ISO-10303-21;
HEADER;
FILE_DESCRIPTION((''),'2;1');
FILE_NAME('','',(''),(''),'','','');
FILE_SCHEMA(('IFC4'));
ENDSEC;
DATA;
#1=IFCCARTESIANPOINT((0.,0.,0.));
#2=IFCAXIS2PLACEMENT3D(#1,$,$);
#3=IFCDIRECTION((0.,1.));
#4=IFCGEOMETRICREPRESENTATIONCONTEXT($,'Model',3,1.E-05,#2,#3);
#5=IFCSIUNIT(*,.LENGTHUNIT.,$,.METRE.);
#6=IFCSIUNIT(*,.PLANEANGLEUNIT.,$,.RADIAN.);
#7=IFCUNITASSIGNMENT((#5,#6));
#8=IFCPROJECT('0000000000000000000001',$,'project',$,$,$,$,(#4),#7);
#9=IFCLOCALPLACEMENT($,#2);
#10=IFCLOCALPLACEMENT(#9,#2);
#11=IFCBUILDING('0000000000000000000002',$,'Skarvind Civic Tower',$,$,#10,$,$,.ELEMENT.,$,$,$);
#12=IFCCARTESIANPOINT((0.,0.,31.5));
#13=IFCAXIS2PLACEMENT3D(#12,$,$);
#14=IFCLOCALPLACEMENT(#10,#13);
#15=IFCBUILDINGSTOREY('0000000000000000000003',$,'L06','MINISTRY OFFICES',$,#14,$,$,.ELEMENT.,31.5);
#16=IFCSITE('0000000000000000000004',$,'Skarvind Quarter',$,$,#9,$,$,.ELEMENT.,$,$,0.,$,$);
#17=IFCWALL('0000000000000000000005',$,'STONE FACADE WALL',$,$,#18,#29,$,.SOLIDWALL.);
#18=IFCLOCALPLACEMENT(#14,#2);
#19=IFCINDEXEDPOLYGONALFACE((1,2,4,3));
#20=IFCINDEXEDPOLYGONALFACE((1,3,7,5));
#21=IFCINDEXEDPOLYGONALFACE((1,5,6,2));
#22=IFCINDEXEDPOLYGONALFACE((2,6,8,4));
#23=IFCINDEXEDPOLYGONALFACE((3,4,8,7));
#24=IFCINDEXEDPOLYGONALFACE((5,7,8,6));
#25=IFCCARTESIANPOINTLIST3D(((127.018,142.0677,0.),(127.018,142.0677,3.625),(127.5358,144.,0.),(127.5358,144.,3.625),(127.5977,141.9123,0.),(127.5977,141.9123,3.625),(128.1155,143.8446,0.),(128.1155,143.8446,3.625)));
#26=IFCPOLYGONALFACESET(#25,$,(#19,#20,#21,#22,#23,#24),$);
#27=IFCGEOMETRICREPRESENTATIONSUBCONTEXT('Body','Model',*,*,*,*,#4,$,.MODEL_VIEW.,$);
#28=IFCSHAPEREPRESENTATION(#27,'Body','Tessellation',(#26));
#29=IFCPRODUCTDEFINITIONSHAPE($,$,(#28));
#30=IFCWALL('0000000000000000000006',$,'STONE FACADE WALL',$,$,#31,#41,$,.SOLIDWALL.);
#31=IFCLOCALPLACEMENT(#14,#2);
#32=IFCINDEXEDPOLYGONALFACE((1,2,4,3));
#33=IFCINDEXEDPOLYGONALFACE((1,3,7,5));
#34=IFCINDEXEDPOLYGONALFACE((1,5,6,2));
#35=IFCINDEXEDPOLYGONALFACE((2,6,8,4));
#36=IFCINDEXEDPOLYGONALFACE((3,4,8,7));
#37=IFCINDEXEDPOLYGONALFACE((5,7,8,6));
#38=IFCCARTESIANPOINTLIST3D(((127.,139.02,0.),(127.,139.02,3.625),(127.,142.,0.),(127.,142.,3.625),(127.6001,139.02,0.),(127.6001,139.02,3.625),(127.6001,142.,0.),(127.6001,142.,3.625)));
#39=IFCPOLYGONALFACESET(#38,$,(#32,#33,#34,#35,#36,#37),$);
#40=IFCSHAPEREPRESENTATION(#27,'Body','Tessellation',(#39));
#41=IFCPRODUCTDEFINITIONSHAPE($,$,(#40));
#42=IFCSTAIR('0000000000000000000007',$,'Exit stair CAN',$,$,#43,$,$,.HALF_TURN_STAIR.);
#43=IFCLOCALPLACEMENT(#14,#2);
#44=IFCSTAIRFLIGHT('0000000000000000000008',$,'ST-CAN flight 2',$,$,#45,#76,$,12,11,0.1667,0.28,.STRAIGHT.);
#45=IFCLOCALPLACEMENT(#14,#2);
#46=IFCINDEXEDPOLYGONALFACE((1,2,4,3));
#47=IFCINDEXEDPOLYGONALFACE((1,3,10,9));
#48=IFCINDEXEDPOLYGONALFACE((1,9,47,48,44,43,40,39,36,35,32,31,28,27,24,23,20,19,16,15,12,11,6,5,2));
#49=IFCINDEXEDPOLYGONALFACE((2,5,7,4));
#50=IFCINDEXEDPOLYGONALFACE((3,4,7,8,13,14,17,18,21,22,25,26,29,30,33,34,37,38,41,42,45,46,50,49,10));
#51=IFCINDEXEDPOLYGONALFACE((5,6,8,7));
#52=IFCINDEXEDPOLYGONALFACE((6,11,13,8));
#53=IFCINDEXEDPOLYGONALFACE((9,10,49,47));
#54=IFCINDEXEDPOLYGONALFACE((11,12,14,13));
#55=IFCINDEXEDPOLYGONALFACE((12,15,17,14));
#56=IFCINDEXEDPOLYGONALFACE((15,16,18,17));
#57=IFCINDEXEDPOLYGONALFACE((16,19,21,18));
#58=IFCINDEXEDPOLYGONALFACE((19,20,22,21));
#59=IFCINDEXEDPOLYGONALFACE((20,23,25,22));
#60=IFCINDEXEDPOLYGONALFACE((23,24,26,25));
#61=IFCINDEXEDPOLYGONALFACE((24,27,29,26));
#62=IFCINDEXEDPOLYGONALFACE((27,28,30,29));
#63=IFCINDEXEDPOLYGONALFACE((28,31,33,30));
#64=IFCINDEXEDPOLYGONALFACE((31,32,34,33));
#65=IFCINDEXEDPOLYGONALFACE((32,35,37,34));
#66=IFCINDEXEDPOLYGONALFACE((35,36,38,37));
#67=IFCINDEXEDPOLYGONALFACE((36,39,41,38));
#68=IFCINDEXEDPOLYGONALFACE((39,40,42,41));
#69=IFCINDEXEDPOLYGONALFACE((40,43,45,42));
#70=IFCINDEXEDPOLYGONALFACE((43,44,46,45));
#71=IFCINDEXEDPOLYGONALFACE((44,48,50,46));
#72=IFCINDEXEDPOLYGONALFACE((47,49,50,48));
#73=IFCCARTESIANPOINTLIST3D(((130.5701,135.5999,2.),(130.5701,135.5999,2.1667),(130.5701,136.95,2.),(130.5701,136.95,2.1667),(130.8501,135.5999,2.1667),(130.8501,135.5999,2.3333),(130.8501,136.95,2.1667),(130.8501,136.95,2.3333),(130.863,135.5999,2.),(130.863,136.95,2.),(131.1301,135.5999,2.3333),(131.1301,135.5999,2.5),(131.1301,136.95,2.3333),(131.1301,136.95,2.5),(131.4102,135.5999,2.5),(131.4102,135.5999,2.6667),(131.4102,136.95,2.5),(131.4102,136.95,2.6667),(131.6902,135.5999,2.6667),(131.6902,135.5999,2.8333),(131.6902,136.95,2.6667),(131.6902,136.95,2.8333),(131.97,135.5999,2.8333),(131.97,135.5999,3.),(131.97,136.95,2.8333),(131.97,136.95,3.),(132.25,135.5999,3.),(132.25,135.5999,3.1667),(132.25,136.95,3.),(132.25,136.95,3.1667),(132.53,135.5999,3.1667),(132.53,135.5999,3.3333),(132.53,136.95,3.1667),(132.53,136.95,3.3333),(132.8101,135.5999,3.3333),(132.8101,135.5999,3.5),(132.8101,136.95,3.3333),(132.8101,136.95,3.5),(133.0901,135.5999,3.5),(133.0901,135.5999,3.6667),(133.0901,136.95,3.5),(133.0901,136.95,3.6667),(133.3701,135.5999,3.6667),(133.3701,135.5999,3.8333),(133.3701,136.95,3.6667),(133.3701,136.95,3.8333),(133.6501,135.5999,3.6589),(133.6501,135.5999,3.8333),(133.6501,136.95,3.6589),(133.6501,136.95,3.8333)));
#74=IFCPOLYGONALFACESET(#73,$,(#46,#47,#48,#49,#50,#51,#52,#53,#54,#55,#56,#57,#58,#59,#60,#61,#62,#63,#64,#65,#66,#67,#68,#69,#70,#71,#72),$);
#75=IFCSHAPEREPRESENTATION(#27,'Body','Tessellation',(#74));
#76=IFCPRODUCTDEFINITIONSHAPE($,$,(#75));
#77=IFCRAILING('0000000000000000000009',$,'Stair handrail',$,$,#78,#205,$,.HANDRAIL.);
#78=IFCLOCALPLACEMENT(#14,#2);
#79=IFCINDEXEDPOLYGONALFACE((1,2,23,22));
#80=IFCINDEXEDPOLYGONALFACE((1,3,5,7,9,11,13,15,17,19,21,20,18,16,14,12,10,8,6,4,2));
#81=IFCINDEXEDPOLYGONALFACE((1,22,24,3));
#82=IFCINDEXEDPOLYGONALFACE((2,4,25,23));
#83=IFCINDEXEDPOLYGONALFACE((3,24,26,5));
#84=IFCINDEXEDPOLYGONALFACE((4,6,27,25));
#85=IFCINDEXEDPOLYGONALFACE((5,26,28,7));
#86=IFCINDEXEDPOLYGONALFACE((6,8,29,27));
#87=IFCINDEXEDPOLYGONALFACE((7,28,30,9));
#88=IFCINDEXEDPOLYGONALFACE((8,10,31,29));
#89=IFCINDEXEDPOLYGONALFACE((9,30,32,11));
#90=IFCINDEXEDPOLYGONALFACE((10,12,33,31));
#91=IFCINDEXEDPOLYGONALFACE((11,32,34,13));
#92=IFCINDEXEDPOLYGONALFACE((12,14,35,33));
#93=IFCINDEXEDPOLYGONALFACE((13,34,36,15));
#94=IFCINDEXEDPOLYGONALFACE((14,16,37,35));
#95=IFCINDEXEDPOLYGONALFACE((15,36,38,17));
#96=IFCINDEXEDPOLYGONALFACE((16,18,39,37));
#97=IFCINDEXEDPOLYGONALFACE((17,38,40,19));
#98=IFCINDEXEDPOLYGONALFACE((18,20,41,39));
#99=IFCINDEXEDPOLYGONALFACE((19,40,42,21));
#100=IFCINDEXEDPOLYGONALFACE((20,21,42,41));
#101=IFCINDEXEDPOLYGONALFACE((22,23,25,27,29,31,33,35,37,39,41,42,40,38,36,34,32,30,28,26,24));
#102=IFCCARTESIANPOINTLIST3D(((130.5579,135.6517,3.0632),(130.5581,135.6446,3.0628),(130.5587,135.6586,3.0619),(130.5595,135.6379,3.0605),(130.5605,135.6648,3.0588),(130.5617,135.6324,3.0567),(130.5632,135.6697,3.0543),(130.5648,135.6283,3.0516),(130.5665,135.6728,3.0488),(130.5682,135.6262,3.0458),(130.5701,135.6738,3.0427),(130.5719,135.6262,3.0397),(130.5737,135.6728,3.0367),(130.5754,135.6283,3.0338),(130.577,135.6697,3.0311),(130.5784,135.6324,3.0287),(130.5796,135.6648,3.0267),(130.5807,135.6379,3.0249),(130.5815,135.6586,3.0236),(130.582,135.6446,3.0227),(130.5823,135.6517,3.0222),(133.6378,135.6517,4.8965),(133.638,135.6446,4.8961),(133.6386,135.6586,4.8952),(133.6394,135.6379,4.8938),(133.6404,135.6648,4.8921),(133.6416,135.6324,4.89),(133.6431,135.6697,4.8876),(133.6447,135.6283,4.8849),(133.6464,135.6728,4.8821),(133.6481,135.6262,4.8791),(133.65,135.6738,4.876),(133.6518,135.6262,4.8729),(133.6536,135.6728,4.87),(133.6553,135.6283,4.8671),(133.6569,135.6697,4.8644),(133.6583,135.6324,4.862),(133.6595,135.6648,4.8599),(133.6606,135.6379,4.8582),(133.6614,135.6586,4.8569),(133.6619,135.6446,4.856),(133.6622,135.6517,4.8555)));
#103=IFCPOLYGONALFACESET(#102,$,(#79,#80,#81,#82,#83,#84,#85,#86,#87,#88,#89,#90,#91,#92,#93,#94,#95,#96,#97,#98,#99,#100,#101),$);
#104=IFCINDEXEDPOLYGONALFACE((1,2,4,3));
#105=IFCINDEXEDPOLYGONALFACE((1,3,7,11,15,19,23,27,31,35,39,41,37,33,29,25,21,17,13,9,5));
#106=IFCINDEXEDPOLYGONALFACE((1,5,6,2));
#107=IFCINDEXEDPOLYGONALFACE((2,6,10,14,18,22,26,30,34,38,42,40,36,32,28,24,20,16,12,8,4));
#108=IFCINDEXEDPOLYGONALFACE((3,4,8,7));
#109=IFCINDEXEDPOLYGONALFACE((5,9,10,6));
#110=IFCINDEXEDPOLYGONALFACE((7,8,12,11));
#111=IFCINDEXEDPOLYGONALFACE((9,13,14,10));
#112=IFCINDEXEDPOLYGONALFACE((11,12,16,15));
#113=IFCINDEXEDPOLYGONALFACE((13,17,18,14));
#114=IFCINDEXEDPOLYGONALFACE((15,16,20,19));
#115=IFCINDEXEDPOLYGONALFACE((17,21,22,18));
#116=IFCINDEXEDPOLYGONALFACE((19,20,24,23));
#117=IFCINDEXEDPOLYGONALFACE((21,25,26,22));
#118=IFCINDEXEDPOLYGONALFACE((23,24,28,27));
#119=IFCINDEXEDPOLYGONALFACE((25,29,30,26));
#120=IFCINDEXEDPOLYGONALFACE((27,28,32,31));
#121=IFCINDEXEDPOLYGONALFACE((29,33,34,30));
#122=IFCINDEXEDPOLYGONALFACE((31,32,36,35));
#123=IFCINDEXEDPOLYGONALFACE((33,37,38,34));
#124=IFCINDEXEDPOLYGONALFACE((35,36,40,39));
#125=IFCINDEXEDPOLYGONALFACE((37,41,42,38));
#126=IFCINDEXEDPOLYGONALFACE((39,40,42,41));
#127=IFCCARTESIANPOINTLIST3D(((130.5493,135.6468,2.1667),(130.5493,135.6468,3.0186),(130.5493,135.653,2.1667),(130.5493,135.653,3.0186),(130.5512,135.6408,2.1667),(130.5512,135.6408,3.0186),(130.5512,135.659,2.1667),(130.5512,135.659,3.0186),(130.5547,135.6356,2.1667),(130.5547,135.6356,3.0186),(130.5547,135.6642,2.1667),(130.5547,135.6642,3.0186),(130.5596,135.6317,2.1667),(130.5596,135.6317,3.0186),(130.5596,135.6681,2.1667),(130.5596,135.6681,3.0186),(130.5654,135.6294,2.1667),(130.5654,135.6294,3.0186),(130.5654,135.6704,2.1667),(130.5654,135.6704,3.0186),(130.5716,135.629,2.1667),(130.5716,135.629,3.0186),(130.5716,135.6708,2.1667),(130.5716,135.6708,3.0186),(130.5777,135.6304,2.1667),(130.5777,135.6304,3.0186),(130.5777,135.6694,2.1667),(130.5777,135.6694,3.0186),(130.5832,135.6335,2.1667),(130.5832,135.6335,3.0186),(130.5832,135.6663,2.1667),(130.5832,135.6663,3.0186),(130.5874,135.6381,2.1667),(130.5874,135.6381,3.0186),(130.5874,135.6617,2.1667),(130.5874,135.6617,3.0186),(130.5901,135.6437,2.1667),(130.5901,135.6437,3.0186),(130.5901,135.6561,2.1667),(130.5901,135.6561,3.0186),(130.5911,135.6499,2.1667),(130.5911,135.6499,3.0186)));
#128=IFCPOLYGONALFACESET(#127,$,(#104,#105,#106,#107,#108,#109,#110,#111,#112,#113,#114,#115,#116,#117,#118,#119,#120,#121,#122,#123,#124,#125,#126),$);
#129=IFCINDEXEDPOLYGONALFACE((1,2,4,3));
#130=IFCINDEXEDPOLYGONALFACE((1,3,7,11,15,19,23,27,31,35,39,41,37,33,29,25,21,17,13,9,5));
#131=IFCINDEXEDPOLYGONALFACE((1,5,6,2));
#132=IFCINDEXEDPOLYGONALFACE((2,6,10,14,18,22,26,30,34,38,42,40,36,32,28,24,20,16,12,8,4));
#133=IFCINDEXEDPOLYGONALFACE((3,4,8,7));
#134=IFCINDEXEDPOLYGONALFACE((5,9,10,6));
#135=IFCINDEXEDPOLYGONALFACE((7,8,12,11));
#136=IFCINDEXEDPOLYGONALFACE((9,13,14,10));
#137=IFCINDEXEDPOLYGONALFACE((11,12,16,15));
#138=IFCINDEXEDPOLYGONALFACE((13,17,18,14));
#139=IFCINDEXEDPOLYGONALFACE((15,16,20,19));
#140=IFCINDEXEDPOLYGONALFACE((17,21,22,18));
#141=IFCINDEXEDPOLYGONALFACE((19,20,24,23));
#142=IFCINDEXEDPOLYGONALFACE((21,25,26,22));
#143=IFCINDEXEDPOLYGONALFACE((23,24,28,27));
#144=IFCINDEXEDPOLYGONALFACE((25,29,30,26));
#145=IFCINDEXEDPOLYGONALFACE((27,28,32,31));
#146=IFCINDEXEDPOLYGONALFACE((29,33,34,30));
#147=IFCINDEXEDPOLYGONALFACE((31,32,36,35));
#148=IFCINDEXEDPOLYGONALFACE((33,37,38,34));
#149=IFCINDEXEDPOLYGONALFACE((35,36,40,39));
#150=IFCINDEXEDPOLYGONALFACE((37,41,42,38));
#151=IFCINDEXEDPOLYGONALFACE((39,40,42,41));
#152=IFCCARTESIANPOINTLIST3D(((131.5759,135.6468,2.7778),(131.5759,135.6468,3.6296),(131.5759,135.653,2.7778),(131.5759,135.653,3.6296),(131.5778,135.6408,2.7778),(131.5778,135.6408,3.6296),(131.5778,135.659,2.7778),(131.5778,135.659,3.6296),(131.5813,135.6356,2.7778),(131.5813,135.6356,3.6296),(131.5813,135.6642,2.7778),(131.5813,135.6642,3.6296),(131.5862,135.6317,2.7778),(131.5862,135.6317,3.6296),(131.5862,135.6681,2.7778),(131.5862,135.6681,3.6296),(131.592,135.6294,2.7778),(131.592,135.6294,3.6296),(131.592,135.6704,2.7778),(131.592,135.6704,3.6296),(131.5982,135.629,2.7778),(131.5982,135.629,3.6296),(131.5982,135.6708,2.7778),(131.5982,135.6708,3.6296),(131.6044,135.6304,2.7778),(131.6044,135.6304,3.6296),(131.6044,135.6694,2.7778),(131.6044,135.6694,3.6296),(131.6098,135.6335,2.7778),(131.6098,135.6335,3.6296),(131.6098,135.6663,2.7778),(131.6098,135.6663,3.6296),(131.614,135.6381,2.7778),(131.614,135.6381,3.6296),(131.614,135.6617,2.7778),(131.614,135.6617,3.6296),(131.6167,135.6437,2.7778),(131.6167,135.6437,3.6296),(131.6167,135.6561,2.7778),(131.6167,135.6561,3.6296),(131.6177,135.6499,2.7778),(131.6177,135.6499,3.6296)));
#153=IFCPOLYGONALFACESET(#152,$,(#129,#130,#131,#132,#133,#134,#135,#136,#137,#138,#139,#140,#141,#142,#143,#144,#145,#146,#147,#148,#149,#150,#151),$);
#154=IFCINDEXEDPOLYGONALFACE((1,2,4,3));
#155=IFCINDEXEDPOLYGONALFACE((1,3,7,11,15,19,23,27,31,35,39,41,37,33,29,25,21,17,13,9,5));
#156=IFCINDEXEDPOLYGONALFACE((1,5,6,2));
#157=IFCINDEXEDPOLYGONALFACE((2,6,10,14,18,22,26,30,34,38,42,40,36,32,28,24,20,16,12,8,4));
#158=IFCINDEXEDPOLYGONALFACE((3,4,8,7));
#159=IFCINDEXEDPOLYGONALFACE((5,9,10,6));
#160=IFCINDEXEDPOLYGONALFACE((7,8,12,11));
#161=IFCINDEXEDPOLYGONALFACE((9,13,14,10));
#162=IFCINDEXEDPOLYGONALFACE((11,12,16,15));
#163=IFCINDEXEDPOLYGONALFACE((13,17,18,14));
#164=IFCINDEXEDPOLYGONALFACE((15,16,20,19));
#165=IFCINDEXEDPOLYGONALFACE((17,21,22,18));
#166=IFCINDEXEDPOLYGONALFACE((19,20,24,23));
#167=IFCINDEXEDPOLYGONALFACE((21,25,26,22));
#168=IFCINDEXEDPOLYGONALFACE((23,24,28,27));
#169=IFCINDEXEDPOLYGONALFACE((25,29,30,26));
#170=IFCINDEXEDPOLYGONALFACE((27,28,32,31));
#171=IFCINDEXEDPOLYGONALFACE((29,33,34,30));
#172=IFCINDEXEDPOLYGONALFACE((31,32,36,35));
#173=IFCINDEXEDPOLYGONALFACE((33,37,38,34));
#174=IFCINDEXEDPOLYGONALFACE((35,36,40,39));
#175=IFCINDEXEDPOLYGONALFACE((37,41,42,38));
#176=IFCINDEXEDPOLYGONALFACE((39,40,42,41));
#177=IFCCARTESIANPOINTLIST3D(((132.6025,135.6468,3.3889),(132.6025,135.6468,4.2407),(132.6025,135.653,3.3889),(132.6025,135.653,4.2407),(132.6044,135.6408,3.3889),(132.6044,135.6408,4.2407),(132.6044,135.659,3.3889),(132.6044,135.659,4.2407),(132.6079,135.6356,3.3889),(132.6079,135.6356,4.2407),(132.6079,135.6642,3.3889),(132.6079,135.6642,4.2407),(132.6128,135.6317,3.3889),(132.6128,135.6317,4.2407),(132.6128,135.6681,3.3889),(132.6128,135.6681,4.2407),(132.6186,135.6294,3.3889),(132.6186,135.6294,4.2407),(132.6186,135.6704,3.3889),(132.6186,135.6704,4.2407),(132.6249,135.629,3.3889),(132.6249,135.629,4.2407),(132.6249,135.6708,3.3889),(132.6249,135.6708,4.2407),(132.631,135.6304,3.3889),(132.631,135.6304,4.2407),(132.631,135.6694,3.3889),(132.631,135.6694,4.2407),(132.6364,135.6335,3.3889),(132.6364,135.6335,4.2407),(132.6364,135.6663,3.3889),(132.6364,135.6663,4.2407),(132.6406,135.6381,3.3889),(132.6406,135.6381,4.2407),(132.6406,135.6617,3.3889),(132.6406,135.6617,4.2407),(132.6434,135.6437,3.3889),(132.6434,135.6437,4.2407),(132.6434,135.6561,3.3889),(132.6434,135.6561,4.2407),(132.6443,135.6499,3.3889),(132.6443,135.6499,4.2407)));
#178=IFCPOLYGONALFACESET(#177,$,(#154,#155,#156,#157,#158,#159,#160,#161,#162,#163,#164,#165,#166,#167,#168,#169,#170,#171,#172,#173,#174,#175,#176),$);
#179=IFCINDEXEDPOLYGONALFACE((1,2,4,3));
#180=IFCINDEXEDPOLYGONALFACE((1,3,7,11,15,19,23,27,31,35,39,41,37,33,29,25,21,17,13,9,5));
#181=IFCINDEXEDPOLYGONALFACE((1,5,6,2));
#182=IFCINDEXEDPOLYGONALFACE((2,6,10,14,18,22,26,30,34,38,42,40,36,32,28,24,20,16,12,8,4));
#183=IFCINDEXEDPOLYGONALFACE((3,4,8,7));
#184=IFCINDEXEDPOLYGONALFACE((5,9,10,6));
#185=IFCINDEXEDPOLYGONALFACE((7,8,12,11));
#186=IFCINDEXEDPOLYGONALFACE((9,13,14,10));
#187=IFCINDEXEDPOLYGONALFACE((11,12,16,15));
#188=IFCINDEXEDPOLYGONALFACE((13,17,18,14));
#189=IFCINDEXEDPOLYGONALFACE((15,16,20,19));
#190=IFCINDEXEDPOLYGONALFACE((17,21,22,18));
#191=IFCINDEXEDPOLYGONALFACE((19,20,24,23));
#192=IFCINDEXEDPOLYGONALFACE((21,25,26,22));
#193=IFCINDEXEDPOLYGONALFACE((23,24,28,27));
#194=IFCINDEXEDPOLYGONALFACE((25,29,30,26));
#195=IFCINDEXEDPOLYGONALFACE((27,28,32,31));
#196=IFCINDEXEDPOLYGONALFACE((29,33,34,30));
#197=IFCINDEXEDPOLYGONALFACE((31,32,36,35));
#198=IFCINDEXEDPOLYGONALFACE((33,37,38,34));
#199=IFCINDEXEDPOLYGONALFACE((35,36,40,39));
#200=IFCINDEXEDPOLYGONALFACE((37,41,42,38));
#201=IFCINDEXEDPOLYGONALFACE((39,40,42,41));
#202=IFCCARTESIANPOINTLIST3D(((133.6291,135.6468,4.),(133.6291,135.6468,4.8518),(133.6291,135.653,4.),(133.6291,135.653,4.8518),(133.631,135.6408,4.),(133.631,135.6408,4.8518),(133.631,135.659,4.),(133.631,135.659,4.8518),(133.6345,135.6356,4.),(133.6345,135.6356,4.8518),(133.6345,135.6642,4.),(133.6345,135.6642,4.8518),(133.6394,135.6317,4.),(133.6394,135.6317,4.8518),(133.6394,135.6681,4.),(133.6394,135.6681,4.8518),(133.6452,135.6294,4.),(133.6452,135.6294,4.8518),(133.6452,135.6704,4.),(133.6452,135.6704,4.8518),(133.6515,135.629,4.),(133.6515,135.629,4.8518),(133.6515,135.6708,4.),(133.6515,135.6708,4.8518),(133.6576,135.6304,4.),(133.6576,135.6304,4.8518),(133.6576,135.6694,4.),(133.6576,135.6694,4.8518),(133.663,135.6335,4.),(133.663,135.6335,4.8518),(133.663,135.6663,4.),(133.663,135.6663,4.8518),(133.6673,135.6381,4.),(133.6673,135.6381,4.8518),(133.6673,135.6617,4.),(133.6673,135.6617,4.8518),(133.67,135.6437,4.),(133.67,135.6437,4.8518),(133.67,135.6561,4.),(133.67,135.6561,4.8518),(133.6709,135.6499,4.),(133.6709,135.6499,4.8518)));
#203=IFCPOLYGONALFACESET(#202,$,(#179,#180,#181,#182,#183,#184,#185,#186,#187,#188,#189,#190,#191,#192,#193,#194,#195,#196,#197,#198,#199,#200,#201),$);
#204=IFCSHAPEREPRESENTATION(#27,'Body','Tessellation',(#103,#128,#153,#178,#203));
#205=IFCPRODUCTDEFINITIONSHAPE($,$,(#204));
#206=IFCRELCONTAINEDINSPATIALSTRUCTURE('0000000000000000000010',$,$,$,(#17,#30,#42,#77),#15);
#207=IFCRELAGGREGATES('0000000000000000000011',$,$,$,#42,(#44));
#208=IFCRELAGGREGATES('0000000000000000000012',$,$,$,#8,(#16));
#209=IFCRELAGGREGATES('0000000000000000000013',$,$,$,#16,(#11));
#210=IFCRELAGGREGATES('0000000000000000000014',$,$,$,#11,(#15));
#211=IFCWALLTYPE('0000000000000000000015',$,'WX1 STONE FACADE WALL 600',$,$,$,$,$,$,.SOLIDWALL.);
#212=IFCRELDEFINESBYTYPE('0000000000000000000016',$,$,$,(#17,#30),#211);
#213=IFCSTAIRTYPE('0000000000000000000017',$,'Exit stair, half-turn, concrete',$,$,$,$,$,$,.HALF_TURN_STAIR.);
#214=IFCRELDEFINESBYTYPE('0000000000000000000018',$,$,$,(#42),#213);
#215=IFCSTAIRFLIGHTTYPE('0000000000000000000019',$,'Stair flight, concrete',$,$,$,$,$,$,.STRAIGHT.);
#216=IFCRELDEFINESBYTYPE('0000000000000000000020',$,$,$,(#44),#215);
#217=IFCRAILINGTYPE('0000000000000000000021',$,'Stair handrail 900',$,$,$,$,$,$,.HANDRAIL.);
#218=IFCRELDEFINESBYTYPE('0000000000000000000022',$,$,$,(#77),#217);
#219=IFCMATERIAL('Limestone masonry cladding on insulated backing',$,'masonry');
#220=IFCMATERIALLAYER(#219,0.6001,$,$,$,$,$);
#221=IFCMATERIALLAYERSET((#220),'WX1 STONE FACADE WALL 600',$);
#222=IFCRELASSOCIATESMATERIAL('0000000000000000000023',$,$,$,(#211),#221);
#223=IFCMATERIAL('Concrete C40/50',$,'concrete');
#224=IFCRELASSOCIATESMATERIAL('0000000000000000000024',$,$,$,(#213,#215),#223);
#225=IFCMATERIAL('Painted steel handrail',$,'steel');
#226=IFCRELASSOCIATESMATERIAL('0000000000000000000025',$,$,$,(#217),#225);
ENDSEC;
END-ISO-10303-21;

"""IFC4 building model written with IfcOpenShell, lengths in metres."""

from ifc_helpers import new_model, si_unit, direction, frame, frame_2d, origin, origin_2d, place, context, subcontext, project, spatial, polyline, rectangle, circle, outline, extrude, material, layer, layer_set, type_object, element, aggregate, save


model = new_model("IFC4")

# Units and contexts
model_context = context("Model", 3, precision=1e-05, world=origin(), true_north=direction((0.0, 1.0)))
body_context = subcontext(model_context, "Body", "Model", "MODEL_VIEW")
ifc_project = project(units=[si_unit("LENGTHUNIT", "METRE"), si_unit("PLANEANGLEUNIT", "RADIAN")], contexts=[model_context])

# Site, building, storey
site_placement = place(None, origin())
site = spatial("IfcSite", under=ifc_project, at=site_placement, Name="Skarvind Quarter", CompositionType="ELEMENT", RefElevation=0.0)
building_placement = place(site_placement, origin())
building = spatial("IfcBuilding", under=site, at=building_placement, Name="Skarvind Civic Tower", CompositionType="ELEMENT")
storey_placement = place(building_placement, frame((0.0, 0.0, 31.5)))
storey = spatial("IfcBuildingStorey", under=building, at=storey_placement, Name="L06", Description="MINISTRY OFFICES", CompositionType="ELEMENT", Elevation=31.5)

# Shared definitions
ifc_material_1 = material(Name="Limestone masonry cladding on insulated backing", Category="masonry")
ifc_layer_1 = layer(ifc_material_1, 0.6001)
ifc_layer_set_1 = layer_set([ifc_layer_1], Name="WX1 STONE FACADE WALL 600")
wall_type_1 = type_object("IfcWallType", Name="WX1 STONE FACADE WALL 600", PredefinedType="SOLIDWALL", material=ifc_layer_set_1)

# Walls
wall_1_placement = place(storey_placement, frame((127.3079, 141.99, 0.0), z_axis=(0.0, 0.0, 1.0), x_axis=(0.25884, 0.96592, 0.0)))
element("IfcWall", 1, at=wall_1_placement, inside=storey, type_object=wall_type_1, Name="STONE FACADE WALL", PredefinedType="SOLIDWALL", context=body_context, shape_type="SweptSolid", body=[
    extrude(rectangle(XDim=2.0005, YDim=0.6001, at=frame_2d((1.0002, 0.0))), origin(), (0.0, 0.0, 1.0), 3.625),
])
wall_2_placement = place(storey_placement, frame((127.3, 139.02, 0.0), z_axis=(0.0, 0.0, 1.0), x_axis=(0.0, 1.0, 0.0)))
element("IfcWall", 2, at=wall_2_placement, inside=storey, type_object=wall_type_1, Name="STONE FACADE WALL", PredefinedType="SOLIDWALL", context=body_context, shape_type="SweptSolid", body=[
    extrude(rectangle(XDim=2.98, YDim=0.6001, at=frame_2d((1.49, 0.0))), origin(), (0.0, 0.0, 1.0), 3.625),
])

# Stair, stair flight
ifc_material_2 = material(Name="Concrete C40/50", Category="concrete")
stair_type = type_object("IfcStairType", Name="Exit stair, half-turn, concrete", PredefinedType="HALF_TURN_STAIR", material=ifc_material_2)
stair_placement = place(storey_placement, origin())
stair = element("IfcStair", 3, at=stair_placement, inside=storey, type_object=stair_type, Name="Exit stair CAN", PredefinedType="HALF_TURN_STAIR")
stair_flight_type = type_object("IfcStairFlightType", Name="Stair flight, concrete", PredefinedType="STRAIGHT", material=ifc_material_2)
stair_flight_placement = place(storey_placement, frame((130.5701, 136.2749, 2.0), z_axis=(0.0, 0.0, 1.0), x_axis=(1.0, 0.0, 0.0)))
stair_flight = element("IfcStairFlight", 4, at=stair_flight_placement, type_object=stair_flight_type, Name="ST-CAN flight 2", NumberOfRisers=12, NumberOfTreads=11, PredefinedType="STRAIGHT", RiserHeight=0.1667, TreadLength=0.28, context=body_context, shape_type="SweptSolid", body=[
    extrude(outline(polyline([(0.0, 0.0), (0.0, 0.1667), (0.28, 0.1667), (0.28, 0.3333), (0.5601, 0.3333), (0.5601, 0.5), (0.8401, 0.5), (0.8401, 0.6667), (1.1201, 0.6667), (1.1201, 0.8333), (1.3999, 0.8333), (1.3999, 1.0), (1.6799, 1.0), (1.6799, 1.1667), (1.96, 1.1667), (1.96, 1.3333), (2.24, 1.3333), (2.24, 1.5), (2.52, 1.5), (2.52, 1.6667), (2.8, 1.6667), (2.8, 1.8333), (3.0801, 1.8333), (3.0801, 2.0), (3.0801, 1.6589), (0.293, 0.0), (0.0, 0.0)])), frame((0.0, 0.675, 0.0), z_axis=(0.0, -1.0, 0.0), x_axis=(1.0, 0.0, 0.0)), (0.0, 0.0, 1.0), 1.3501),
])
aggregate(stair, [stair_flight])

# Railing
ifc_material_3 = material(Name="Painted steel handrail", Category="steel")
railing_type = type_object("IfcRailingType", Name="Stair handrail 900", PredefinedType="HANDRAIL", material=ifc_material_3)
railing_placement = place(storey_placement, frame((130.5701, 135.6499, 2.1667)))
element("IfcRailing", 5, at=railing_placement, inside=storey, type_object=railing_type, Name="Stair handrail", PredefinedType="HANDRAIL", context=body_context, shape_type="SweptSolid", body=[
    extrude(circle(Radius=0.0239, at=origin_2d()), frame((0.0, 0.0, 0.876), z_axis=(0.859291, 0.0, 0.511487), x_axis=(0.0, 1.0, 0.0)), (0.0, 0.0, 1.0), 3.5842),
    extrude(circle(Radius=0.021, at=origin_2d()), origin(), (0.0, 0.0, 1.0), 0.8518),
    extrude(circle(Radius=0.021, at=origin_2d()), frame((1.0266, 0.0, 0.6111)), (0.0, 0.0, 1.0), 0.8518),
    extrude(circle(Radius=0.021, at=origin_2d()), frame((2.0532, 0.0, 1.2222)), (0.0, 0.0, 1.0), 0.8518),
    extrude(circle(Radius=0.021, at=origin_2d()), frame((3.0798, 0.0, 1.8333)), (0.0, 0.0, 1.0), 0.8518),
])

save(model, "model.ifc")
